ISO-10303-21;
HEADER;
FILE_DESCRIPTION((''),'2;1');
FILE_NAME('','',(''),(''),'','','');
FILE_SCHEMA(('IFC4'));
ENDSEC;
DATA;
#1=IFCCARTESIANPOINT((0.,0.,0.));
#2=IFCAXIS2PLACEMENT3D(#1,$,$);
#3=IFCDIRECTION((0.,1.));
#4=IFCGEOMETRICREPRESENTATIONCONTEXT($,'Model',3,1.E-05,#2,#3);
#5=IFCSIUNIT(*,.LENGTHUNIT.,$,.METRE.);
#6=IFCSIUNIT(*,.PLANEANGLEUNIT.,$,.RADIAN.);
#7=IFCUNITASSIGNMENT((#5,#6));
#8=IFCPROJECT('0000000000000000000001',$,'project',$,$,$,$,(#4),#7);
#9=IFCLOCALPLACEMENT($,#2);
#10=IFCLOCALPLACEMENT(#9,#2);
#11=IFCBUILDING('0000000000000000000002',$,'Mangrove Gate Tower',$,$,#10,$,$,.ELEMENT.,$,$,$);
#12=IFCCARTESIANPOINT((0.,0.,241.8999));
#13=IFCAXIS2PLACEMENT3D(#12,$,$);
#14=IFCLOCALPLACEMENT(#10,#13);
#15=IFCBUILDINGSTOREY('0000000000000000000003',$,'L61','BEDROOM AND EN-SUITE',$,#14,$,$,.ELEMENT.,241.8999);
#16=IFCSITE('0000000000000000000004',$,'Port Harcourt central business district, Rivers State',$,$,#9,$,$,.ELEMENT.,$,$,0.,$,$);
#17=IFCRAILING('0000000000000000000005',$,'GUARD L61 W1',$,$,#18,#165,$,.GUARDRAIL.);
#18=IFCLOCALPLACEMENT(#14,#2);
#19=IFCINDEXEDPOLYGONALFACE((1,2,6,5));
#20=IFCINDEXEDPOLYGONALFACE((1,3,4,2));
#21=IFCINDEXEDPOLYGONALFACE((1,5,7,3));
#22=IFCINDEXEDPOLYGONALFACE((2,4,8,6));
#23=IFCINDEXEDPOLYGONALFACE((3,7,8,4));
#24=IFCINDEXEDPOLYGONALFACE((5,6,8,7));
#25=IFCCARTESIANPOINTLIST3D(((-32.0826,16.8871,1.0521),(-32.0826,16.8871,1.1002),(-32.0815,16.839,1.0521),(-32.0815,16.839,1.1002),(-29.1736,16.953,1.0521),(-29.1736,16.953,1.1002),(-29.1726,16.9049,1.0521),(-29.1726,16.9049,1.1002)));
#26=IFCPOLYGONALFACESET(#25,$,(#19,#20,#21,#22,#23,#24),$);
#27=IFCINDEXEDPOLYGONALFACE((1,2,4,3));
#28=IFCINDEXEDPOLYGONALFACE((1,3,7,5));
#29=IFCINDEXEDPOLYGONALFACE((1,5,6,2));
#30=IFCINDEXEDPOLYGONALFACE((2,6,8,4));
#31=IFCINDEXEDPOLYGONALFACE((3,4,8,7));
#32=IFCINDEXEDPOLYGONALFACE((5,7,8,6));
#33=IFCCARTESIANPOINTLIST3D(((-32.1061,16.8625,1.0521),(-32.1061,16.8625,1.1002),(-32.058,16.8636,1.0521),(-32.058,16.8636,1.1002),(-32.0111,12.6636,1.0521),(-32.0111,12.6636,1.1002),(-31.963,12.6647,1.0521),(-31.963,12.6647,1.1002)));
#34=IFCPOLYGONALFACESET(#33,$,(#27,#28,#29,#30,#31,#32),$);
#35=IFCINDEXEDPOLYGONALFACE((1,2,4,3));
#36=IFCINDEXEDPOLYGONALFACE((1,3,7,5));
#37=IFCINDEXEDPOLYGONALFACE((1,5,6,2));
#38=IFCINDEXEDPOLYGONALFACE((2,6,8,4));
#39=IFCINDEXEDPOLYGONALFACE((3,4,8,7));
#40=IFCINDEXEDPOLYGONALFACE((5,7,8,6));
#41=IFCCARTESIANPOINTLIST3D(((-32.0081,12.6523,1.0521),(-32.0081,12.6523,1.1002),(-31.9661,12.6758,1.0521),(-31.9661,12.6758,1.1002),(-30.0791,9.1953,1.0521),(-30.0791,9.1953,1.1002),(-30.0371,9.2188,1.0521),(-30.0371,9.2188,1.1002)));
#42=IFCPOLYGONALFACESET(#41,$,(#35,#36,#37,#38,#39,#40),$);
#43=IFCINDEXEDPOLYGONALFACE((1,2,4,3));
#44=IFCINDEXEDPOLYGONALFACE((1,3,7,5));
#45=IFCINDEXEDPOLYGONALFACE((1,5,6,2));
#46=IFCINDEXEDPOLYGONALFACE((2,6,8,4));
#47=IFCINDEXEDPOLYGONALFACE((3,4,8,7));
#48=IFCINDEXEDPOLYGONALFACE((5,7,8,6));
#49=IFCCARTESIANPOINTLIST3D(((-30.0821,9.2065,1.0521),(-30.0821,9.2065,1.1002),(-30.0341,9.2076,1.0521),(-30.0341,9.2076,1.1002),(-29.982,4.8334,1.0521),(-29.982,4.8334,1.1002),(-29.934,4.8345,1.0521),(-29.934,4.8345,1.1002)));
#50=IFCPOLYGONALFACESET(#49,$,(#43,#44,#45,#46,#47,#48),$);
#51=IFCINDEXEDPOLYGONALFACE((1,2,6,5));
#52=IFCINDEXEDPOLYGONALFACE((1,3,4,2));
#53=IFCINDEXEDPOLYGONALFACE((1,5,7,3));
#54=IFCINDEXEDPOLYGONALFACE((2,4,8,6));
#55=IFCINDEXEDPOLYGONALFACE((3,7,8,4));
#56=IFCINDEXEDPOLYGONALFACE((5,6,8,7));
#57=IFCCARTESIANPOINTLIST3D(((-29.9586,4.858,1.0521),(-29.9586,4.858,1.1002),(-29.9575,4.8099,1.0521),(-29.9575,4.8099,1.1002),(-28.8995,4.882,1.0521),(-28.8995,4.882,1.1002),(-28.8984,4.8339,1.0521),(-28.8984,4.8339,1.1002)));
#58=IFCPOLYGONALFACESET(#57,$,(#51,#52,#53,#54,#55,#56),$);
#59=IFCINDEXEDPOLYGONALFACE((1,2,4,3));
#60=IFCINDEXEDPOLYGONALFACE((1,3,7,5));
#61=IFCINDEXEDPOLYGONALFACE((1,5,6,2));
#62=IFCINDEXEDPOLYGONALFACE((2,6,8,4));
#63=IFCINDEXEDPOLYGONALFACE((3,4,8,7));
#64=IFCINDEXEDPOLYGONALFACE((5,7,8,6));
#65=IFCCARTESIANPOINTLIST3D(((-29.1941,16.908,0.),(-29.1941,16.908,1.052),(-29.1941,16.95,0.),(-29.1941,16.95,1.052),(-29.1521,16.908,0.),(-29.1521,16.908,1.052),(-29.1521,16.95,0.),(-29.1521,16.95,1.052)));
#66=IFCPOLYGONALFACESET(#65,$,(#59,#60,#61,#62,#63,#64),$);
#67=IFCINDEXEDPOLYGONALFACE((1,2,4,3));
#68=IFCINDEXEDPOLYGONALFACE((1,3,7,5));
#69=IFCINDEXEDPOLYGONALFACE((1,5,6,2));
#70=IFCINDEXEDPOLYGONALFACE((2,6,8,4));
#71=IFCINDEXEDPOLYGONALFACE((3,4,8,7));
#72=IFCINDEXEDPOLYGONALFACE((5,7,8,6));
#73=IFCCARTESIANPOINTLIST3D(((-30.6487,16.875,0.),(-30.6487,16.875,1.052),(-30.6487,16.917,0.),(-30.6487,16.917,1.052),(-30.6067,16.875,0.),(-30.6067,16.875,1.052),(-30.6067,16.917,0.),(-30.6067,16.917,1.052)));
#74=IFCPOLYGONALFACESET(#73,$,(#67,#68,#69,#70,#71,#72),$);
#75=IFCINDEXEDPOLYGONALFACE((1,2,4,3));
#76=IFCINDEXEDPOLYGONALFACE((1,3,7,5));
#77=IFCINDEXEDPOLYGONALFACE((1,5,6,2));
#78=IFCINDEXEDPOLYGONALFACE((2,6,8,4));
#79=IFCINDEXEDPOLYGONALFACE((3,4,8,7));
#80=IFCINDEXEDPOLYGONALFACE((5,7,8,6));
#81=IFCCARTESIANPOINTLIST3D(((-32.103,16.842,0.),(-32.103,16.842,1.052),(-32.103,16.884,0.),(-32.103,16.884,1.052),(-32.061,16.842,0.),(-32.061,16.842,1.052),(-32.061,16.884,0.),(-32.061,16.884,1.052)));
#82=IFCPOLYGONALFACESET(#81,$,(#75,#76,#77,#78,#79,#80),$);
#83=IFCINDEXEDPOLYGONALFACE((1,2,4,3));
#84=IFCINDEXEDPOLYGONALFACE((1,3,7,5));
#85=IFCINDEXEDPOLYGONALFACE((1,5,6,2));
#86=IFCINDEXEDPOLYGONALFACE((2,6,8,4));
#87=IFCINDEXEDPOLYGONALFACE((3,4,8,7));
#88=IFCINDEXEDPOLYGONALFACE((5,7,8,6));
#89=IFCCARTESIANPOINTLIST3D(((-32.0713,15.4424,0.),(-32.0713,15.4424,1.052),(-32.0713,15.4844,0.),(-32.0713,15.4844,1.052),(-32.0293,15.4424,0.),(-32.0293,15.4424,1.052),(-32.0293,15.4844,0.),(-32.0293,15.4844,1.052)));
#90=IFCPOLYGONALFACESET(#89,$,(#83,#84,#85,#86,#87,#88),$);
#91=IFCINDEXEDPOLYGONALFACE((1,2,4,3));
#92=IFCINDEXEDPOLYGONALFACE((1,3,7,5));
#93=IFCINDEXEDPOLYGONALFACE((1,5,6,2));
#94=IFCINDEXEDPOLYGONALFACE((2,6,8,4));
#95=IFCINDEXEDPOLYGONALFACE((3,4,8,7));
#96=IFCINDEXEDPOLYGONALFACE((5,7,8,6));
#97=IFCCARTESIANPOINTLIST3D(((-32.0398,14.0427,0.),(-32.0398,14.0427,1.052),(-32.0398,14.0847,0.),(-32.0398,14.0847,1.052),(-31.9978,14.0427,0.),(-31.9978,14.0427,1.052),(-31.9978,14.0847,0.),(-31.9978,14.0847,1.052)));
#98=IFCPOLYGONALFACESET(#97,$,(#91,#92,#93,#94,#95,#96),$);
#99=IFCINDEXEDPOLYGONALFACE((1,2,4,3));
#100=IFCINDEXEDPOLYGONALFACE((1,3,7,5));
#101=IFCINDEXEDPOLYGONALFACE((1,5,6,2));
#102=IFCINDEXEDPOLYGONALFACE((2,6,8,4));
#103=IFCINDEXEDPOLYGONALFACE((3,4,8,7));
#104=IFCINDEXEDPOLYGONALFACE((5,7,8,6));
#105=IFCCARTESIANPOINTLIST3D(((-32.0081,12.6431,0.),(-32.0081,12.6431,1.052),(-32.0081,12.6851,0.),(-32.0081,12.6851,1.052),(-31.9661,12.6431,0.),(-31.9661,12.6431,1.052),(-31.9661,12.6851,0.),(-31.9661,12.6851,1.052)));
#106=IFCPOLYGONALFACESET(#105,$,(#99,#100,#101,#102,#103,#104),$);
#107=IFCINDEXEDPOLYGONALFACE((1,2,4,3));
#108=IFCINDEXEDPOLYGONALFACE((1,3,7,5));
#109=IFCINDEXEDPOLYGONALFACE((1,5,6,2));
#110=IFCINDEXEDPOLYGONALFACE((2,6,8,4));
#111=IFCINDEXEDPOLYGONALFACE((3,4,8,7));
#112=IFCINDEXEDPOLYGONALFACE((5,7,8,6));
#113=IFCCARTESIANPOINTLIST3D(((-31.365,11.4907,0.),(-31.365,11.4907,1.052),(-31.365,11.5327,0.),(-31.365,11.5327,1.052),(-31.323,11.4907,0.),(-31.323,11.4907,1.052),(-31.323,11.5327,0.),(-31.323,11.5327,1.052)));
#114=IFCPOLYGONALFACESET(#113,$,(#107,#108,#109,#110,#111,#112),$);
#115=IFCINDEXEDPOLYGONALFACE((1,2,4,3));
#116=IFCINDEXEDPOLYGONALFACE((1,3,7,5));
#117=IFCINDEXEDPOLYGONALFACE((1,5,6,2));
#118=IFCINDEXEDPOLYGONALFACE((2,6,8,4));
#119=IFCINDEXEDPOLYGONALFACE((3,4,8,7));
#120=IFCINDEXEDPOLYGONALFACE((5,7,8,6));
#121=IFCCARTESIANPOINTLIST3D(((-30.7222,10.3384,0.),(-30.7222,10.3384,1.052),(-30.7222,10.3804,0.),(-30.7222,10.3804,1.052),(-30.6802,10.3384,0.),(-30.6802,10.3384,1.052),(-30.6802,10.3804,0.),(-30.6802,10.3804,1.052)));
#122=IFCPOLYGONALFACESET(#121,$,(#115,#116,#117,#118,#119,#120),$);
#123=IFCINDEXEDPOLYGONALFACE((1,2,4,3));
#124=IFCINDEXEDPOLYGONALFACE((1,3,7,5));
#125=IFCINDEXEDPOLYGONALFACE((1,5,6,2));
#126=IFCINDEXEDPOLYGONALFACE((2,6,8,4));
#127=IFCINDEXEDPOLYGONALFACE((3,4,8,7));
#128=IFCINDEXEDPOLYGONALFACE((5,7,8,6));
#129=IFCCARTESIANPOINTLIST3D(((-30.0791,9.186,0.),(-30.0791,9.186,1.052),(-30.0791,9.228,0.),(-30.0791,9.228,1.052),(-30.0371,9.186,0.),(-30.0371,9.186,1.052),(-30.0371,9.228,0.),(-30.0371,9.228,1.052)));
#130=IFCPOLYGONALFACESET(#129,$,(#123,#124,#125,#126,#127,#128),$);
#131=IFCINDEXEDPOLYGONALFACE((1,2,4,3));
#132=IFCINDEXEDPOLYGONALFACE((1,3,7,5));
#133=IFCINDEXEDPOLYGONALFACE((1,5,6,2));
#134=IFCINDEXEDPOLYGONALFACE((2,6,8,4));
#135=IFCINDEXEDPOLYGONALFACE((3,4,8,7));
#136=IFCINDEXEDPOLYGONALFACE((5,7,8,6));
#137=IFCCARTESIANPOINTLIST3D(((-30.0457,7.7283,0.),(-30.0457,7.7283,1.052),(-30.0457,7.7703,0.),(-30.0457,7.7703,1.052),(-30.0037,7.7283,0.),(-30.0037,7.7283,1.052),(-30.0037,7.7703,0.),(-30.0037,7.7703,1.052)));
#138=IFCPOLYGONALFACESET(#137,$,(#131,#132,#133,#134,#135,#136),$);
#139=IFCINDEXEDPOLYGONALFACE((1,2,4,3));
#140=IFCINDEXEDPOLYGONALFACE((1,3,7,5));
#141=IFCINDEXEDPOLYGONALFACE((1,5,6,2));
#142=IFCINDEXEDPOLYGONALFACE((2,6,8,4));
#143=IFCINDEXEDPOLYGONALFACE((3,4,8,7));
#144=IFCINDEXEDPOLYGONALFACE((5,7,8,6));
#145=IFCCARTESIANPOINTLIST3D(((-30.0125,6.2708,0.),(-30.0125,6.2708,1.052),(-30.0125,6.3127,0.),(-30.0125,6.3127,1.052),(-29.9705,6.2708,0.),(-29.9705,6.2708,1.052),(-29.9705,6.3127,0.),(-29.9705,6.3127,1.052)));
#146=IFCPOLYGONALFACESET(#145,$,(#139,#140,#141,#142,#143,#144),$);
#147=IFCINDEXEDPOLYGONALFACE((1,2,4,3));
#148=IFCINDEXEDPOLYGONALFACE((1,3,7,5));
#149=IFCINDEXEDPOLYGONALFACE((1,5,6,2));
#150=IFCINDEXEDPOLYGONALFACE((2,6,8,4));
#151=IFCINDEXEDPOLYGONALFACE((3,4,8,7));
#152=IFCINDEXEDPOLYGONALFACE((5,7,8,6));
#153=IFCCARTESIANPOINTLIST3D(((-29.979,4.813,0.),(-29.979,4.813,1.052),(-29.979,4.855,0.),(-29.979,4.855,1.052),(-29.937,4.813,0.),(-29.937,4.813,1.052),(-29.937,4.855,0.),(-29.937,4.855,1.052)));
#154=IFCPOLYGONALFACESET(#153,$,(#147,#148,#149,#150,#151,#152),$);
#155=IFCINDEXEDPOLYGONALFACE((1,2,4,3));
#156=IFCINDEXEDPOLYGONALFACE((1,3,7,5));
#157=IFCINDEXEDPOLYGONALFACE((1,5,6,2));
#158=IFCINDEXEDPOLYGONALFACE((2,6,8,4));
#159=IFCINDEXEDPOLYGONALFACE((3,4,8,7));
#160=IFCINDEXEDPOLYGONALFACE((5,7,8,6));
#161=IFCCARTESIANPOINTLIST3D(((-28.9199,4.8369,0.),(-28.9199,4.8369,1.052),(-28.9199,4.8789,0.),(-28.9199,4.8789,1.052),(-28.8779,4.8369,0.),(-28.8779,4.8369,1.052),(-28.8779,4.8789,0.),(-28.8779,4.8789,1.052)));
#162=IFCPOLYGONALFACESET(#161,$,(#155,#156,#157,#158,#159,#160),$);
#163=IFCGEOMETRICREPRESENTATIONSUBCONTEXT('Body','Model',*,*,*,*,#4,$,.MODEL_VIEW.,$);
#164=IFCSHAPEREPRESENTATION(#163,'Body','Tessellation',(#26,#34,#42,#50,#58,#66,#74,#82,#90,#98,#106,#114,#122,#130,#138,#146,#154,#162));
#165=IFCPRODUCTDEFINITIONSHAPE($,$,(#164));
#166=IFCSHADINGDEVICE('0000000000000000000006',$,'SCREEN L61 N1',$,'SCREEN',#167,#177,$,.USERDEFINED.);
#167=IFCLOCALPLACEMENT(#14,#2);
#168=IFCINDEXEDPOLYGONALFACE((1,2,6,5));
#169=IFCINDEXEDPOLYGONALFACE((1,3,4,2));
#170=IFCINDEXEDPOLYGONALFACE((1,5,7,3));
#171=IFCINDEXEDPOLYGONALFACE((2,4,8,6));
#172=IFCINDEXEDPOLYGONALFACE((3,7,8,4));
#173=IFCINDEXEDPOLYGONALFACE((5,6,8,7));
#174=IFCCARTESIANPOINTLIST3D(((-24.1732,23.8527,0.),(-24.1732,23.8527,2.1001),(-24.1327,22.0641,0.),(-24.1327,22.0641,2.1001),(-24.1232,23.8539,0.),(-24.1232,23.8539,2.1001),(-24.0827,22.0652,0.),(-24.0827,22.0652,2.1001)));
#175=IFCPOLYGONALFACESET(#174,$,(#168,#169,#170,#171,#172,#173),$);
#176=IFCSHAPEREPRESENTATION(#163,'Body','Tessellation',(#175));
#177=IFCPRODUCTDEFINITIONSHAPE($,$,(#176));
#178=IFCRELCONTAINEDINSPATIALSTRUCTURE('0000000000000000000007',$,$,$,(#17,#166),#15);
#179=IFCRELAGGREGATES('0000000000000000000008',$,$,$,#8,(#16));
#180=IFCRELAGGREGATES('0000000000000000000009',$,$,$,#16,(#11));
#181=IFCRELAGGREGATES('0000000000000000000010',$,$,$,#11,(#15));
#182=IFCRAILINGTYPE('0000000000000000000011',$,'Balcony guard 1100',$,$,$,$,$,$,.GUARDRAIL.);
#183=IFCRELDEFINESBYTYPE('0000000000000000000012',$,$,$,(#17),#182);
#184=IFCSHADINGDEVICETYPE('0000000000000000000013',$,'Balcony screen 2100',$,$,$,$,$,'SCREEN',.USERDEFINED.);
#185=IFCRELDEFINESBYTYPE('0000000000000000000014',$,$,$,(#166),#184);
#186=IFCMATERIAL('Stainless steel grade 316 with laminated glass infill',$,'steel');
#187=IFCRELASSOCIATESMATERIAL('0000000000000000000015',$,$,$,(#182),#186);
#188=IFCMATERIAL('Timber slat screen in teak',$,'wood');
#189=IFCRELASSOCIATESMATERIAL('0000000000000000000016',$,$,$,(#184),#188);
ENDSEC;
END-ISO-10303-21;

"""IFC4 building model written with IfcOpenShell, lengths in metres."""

from ifc_helpers import new_model, si_unit, direction, frame, origin, origin_2d, place, context, subcontext, project, spatial, rectangle, extrude, material, type_object, element, save


model = new_model("IFC4")

# Units and contexts
model_context = context("Model", 3, precision=1e-05, world=origin(), true_north=direction((0.0, 1.0)))
body_context = subcontext(model_context, "Body", "Model", "MODEL_VIEW")
ifc_project = project(units=[si_unit("LENGTHUNIT", "METRE"), si_unit("PLANEANGLEUNIT", "RADIAN")], contexts=[model_context])

# Site, building, storey
site_placement = place(None, origin())
site = spatial("IfcSite", under=ifc_project, at=site_placement, Name="Port Harcourt central business district, Rivers State", CompositionType="ELEMENT", RefElevation=0.0)
building_placement = place(site_placement, origin())
building = spatial("IfcBuilding", under=site, at=building_placement, Name="Mangrove Gate Tower", CompositionType="ELEMENT")
storey_placement = place(building_placement, frame((0.0, 0.0, 241.8999)))
storey = spatial("IfcBuildingStorey", under=building, at=storey_placement, Name="L61", Description="BEDROOM AND EN-SUITE", CompositionType="ELEMENT", Elevation=241.8999)

# Railing
ifc_material_1 = material(Name="Stainless steel grade 316 with laminated glass infill", Category="steel")
railing_type = type_object("IfcRailingType", Name="Balcony guard 1100", PredefinedType="GUARDRAIL", material=ifc_material_1)
railing_placement = place(storey_placement, frame((-29.1731, 16.929, 0.0)))
element("IfcRailing", 1, at=railing_placement, inside=storey, type_object=railing_type, Name="GUARD L61 W1", PredefinedType="GUARDRAIL", context=body_context, shape_type="SweptSolid", body=[
    extrude(rectangle(XDim=0.0481, YDim=0.0481, at=origin_2d()), frame((0.0, 0.0, 1.0762), z_axis=(-0.999743, -0.022655, 0.0), x_axis=(0.022655, -0.999743, 0.0)), (0.0, 0.0, 1.0), 2.9097),
    extrude(rectangle(XDim=0.0481, YDim=0.0481, at=origin_2d()), frame((-2.9089, -0.0659, 1.0762), z_axis=(0.022612, -0.999744, 0.0), x_axis=(0.999744, 0.022612, 0.0)), (0.0, 0.0, 1.0), 4.2),
    extrude(rectangle(XDim=0.0481, YDim=0.0481, at=origin_2d()), frame((-2.814, -4.2649, 1.0762), z_axis=(0.48726, -0.873257, 0.0), x_axis=(0.873257, 0.48726, 0.0)), (0.0, 0.0, 1.0), 3.9587),
    extrude(rectangle(XDim=0.0481, YDim=0.0481, at=origin_2d()), frame((-0.885, -7.7219, 1.0762), z_axis=(0.022884, -0.999738, 0.0), x_axis=(0.999738, 0.022884, 0.0)), (0.0, 0.0, 1.0), 4.3743),
    extrude(rectangle(XDim=0.0481, YDim=0.0481, at=origin_2d()), frame((-0.7849, -12.095, 1.0762), z_axis=(0.999745, 0.022585, 0.0), x_axis=(-0.022585, 0.999745, 0.0)), (0.0, 0.0, 1.0), 1.0593),
    extrude(rectangle(XDim=0.042, YDim=0.042, at=origin_2d()), origin(), (0.0, 0.0, 1.0), 1.052),
    extrude(rectangle(XDim=0.042, YDim=0.042, at=origin_2d()), frame((-1.4546, -0.033, 0.0)), (0.0, 0.0, 1.0), 1.052),
    extrude(rectangle(XDim=0.042, YDim=0.042, at=origin_2d()), frame((-2.9089, -0.0659, 0.0)), (0.0, 0.0, 1.0), 1.052),
    extrude(rectangle(XDim=0.042, YDim=0.042, at=origin_2d()), frame((-2.8772, -1.4656, 0.0)), (0.0, 0.0, 1.0), 1.052),
    extrude(rectangle(XDim=0.042, YDim=0.042, at=origin_2d()), frame((-2.8457, -2.8652, 0.0)), (0.0, 0.0, 1.0), 1.052),
    extrude(rectangle(XDim=0.042, YDim=0.042, at=origin_2d()), frame((-2.814, -4.2649, 0.0)), (0.0, 0.0, 1.0), 1.052),
    extrude(rectangle(XDim=0.042, YDim=0.042, at=origin_2d()), frame((-2.1709, -5.4172, 0.0)), (0.0, 0.0, 1.0), 1.052),
    extrude(rectangle(XDim=0.042, YDim=0.042, at=origin_2d()), frame((-1.5281, -6.5696, 0.0)), (0.0, 0.0, 1.0), 1.052),
    extrude(rectangle(XDim=0.042, YDim=0.042, at=origin_2d()), frame((-0.885, -7.7219, 0.0)), (0.0, 0.0, 1.0), 1.052),
    extrude(rectangle(XDim=0.042, YDim=0.042, at=origin_2d()), frame((-0.8516, -9.1797, 0.0)), (0.0, 0.0, 1.0), 1.052),
    extrude(rectangle(XDim=0.042, YDim=0.042, at=origin_2d()), frame((-0.8184, -10.6372, 0.0)), (0.0, 0.0, 1.0), 1.052),
    extrude(rectangle(XDim=0.042, YDim=0.042, at=origin_2d()), frame((-0.7849, -12.095, 0.0)), (0.0, 0.0, 1.0), 1.052),
    extrude(rectangle(XDim=0.042, YDim=0.042, at=origin_2d()), frame((0.2742, -12.071, 0.0)), (0.0, 0.0, 1.0), 1.052),
])

# Shading device
ifc_material_2 = material(Name="Timber slat screen in teak", Category="wood")
shading_device_type = type_object("IfcShadingDeviceType", Name="Balcony screen 2100", ElementType="SCREEN", PredefinedType="USERDEFINED", material=ifc_material_2)
shading_device_placement = place(storey_placement, frame((-24.1279, 22.959, 0.0), z_axis=(0.0, 0.0, 1.0), x_axis=(-0.022635, 0.999744, 0.0)))
element("IfcShadingDevice", 2, at=shading_device_placement, inside=storey, type_object=shading_device_type, Name="SCREEN L61 N1", ObjectType="SCREEN", PredefinedType="USERDEFINED", context=body_context, shape_type="SweptSolid", body=[
    extrude(rectangle(XDim=1.7891, YDim=0.05, at=origin_2d()), origin(), (0.0, 0.0, 1.0), 2.1001),
])

save(model, "model.ifc")
